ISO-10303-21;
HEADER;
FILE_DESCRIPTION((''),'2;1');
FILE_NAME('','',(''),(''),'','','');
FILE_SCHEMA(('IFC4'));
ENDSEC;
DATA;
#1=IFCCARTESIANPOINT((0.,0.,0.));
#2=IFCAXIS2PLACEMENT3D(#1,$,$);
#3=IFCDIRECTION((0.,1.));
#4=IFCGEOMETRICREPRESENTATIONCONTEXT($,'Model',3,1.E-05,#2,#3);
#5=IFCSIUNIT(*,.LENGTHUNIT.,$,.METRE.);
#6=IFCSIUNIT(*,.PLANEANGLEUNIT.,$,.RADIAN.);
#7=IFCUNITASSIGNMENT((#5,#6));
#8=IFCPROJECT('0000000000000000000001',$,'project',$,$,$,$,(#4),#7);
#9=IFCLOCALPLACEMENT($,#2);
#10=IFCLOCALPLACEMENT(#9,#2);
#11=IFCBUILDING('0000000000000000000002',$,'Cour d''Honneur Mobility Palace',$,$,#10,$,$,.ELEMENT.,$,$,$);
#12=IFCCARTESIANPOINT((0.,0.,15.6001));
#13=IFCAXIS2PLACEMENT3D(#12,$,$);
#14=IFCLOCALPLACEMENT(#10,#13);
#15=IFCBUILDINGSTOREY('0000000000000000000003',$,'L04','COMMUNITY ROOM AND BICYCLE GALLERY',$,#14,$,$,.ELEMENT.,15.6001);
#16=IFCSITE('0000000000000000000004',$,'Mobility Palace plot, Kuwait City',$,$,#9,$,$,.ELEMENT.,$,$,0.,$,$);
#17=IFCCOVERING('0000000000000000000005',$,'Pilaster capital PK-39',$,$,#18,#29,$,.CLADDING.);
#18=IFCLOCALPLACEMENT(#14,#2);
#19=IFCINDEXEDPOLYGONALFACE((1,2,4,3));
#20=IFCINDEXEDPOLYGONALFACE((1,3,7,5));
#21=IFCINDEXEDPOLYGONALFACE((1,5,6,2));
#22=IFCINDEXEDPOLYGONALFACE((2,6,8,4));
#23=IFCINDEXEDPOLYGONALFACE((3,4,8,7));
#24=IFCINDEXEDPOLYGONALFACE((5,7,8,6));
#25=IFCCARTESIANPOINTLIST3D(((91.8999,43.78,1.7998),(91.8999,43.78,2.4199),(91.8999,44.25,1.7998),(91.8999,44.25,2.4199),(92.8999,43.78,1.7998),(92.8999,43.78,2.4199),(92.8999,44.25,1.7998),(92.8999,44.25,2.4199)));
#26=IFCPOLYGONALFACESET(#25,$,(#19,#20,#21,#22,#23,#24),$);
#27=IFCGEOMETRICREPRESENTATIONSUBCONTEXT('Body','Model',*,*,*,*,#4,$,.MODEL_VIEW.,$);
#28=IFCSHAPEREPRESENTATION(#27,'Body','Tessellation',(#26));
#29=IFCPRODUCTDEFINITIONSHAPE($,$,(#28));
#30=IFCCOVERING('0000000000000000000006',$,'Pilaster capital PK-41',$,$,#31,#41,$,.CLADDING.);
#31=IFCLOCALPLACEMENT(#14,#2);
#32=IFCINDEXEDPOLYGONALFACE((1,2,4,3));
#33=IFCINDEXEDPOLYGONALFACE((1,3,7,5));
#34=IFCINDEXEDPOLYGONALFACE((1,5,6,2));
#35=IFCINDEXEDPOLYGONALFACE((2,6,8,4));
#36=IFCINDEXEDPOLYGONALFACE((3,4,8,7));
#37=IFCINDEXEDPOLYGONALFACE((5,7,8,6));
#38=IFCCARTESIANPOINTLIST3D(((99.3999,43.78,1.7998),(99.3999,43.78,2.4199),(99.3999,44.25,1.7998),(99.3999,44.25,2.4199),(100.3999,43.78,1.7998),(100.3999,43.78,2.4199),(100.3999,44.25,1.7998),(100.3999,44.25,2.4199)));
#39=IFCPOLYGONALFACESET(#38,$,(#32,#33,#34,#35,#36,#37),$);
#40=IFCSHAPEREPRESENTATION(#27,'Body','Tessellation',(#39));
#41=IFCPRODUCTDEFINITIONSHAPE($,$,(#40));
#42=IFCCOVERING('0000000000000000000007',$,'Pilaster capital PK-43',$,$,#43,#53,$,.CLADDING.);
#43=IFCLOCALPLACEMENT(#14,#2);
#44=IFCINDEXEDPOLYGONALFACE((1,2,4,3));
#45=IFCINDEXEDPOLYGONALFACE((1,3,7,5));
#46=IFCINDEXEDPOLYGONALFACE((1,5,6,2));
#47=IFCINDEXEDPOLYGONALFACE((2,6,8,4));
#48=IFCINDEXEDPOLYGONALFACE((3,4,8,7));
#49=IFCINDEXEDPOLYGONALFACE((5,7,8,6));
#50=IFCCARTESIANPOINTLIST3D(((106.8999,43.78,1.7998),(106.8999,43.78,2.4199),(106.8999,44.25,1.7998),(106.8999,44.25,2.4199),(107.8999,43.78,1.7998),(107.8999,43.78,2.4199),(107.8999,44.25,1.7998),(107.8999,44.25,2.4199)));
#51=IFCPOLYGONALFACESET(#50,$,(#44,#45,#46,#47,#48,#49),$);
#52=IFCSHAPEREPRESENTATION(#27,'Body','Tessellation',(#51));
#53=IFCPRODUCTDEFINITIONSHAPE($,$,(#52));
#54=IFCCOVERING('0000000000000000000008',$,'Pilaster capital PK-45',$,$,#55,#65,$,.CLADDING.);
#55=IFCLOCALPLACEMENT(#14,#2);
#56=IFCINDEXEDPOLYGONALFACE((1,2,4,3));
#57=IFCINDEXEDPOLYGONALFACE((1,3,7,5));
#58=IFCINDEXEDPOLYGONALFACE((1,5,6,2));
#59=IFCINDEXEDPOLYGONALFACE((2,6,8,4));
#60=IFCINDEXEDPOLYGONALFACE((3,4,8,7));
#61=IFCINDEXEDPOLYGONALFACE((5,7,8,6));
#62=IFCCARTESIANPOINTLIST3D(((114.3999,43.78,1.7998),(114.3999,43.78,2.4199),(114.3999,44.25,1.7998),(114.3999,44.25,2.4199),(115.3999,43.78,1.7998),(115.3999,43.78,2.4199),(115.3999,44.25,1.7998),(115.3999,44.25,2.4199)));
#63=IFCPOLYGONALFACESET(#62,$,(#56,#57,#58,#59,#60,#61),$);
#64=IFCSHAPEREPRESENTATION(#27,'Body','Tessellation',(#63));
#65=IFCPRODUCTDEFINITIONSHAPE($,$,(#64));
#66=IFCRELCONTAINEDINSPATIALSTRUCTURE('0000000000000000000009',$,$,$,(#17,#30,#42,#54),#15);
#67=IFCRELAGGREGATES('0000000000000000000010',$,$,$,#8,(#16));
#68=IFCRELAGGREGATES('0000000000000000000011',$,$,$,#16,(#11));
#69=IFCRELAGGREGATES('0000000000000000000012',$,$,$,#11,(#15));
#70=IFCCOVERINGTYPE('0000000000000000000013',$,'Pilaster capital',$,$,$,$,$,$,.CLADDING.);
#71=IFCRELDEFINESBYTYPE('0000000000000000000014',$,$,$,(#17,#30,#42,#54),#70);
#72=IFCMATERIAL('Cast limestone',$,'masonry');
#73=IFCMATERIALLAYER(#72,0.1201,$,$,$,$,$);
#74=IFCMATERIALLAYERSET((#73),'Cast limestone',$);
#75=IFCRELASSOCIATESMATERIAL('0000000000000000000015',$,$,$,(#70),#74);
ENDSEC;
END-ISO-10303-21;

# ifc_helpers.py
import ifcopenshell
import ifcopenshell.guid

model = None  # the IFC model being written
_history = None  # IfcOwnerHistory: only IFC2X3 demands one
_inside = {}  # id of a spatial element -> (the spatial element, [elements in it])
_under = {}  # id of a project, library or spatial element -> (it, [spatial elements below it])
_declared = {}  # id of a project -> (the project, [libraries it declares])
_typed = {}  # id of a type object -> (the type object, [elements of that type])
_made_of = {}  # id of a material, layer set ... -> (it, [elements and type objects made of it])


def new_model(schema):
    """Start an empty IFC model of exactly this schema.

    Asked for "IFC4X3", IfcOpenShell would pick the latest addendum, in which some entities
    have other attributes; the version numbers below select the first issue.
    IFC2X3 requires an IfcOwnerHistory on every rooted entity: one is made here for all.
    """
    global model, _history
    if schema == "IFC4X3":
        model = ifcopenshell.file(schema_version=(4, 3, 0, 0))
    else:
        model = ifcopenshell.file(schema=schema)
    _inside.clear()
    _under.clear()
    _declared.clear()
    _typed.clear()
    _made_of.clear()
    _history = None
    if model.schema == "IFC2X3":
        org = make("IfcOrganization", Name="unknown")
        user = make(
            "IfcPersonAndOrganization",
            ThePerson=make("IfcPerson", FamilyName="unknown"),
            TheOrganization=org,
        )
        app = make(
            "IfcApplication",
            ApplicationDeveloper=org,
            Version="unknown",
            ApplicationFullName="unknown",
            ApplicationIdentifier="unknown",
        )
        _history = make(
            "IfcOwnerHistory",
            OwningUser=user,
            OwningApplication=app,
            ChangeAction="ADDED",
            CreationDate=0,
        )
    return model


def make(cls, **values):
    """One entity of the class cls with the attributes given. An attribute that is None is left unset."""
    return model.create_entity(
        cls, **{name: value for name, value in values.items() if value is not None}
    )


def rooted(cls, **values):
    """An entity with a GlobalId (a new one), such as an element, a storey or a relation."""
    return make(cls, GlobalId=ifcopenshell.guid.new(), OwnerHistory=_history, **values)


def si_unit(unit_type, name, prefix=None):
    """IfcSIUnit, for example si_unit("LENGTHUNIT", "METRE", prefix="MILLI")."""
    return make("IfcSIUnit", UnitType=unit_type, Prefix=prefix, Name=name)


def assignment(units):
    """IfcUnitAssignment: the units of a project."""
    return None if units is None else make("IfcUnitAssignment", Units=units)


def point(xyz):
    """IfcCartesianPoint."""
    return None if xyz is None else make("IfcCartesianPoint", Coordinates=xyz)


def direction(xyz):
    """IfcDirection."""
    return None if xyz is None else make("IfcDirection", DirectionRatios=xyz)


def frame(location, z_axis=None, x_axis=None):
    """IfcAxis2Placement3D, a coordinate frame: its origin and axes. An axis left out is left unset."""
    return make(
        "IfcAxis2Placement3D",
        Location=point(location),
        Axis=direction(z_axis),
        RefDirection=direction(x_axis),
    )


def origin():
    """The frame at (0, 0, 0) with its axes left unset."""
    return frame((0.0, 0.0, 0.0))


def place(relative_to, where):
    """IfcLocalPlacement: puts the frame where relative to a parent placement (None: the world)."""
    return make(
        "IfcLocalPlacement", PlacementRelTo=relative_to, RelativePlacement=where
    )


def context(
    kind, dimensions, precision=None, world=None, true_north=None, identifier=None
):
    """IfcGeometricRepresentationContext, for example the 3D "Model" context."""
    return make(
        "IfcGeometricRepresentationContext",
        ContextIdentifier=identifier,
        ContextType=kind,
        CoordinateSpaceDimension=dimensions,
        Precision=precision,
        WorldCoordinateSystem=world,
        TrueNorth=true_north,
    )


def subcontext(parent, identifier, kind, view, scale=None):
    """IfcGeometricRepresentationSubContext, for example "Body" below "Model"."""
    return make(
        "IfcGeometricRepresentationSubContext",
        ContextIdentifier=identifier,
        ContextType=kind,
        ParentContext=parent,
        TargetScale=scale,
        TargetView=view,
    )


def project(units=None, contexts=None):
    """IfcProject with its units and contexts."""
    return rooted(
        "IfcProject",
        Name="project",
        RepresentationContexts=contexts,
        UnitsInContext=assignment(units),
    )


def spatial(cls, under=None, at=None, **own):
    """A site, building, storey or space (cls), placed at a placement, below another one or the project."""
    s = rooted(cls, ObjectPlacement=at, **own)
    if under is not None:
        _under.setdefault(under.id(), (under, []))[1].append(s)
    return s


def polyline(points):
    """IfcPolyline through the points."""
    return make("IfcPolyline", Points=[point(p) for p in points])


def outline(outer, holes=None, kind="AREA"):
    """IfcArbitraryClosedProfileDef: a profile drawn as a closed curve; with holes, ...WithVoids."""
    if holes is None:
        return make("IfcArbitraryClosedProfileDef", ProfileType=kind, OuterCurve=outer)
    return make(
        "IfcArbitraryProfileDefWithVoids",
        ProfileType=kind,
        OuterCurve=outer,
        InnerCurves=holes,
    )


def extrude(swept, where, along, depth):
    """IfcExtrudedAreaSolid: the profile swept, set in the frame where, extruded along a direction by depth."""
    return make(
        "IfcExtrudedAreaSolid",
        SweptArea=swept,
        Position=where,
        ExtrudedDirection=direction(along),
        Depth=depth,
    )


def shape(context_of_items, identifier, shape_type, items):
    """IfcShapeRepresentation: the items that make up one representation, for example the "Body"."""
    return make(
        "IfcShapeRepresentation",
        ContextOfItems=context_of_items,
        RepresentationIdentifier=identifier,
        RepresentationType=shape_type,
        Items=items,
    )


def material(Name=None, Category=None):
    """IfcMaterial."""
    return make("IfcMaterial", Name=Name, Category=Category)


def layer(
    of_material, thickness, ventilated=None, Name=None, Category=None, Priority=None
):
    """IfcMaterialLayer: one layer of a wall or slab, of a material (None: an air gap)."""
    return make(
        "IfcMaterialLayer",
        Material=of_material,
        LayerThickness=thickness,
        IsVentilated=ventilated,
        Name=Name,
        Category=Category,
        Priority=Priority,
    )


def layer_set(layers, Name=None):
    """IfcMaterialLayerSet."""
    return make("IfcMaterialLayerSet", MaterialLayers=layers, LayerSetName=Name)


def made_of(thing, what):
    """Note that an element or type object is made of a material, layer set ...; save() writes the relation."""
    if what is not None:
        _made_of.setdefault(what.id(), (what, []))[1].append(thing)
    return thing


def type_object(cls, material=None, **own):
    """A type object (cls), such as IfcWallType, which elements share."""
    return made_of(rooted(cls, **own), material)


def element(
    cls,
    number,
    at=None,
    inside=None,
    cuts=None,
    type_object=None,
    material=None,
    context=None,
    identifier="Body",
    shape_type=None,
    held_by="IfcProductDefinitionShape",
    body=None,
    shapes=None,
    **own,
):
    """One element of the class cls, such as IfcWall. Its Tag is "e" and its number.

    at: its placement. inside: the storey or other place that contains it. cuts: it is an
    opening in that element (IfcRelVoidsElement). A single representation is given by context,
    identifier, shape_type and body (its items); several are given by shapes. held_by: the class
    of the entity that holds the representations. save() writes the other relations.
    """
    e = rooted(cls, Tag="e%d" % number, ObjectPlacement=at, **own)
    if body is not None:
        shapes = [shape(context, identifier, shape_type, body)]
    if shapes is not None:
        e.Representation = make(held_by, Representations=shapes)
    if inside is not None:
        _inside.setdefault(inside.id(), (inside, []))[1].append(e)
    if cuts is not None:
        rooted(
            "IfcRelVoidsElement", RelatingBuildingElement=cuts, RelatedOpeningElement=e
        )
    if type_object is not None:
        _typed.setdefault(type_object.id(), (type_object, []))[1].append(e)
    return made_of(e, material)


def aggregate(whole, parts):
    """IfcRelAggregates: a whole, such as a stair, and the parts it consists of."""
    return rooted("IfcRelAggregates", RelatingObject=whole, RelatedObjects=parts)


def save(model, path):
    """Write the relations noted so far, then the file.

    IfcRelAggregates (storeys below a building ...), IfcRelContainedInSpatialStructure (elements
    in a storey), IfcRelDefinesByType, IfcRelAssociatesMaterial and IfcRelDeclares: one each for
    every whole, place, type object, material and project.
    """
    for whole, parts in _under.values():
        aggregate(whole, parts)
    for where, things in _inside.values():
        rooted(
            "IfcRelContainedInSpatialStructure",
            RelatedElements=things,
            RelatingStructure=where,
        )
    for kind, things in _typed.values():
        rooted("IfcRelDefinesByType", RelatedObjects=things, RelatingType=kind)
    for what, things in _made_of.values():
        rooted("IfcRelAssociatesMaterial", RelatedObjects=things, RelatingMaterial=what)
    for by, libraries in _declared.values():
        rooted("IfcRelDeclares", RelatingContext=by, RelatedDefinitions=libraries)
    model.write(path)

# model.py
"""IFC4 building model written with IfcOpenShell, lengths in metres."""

from ifc_helpers import new_model, si_unit, direction, frame, origin, place, context, subcontext, project, spatial, polyline, outline, extrude, material, layer, layer_set, type_object, element, save


model = new_model("IFC4")

# Units and contexts
model_context = context("Model", 3, precision=1e-05, world=origin(), true_north=direction((0.0, 1.0)))
body_context = subcontext(model_context, "Body", "Model", "MODEL_VIEW")
ifc_project = project(units=[si_unit("LENGTHUNIT", "METRE"), si_unit("PLANEANGLEUNIT", "RADIAN")], contexts=[model_context])

# Site, building, storey
site_placement = place(None, origin())
site = spatial("IfcSite", under=ifc_project, at=site_placement, Name="Mobility Palace plot, Kuwait City", CompositionType="ELEMENT", RefElevation=0.0)
building_placement = place(site_placement, origin())
building = spatial("IfcBuilding", under=site, at=building_placement, Name="Cour d'Honneur Mobility Palace", CompositionType="ELEMENT")
storey_placement = place(building_placement, frame((0.0, 0.0, 15.6001)))
storey = spatial("IfcBuildingStorey", under=building, at=storey_placement, Name="L04", Description="COMMUNITY ROOM AND BICYCLE GALLERY", CompositionType="ELEMENT", Elevation=15.6001)

# Coverings
ifc_material_1 = material(Name="Cast limestone", Category="masonry")
ifc_layer_1 = layer(ifc_material_1, 0.1201)
ifc_layer_set_1 = layer_set([ifc_layer_1], Name="Cast limestone")
covering_type = type_object("IfcCoveringType", Name="Pilaster capital", PredefinedType="CLADDING", material=ifc_layer_set_1)
covering_1_placement = place(storey_placement, frame((0.0, 0.0, 1.7998)))
element("IfcCovering", 1, at=covering_1_placement, inside=storey, type_object=covering_type, Name="Pilaster capital PK-39", PredefinedType="CLADDING", context=body_context, shape_type="SweptSolid", body=[
    extrude(outline(polyline([(91.8999, 44.25), (92.8999, 44.25), (92.8999, 43.78), (91.8999, 43.78), (91.8999, 44.25)])), origin(), (0.0, 0.0, 1.0), 0.6201),
])
covering_2_placement = place(storey_placement, frame((0.0, 0.0, 1.7998)))
element("IfcCovering", 2, at=covering_2_placement, inside=storey, type_object=covering_type, Name="Pilaster capital PK-41", PredefinedType="CLADDING", context=body_context, shape_type="SweptSolid", body=[
    extrude(outline(polyline([(99.3999, 44.25), (100.3999, 44.25), (100.3999, 43.78), (99.3999, 43.78), (99.3999, 44.25)])), origin(), (0.0, 0.0, 1.0), 0.6201),
])
covering_3_placement = place(storey_placement, frame((0.0, 0.0, 1.7998)))
element("IfcCovering", 3, at=covering_3_placement, inside=storey, type_object=covering_type, Name="Pilaster capital PK-43", PredefinedType="CLADDING", context=body_context, shape_type="SweptSolid", body=[
    extrude(outline(polyline([(106.8999, 44.25), (107.8999, 44.25), (107.8999, 43.78), (106.8999, 43.78), (106.8999, 44.25)])), origin(), (0.0, 0.0, 1.0), 0.6201),
])
covering_4_placement = place(storey_placement, frame((0.0, 0.0, 1.7998)))
element("IfcCovering", 4, at=covering_4_placement, inside=storey, type_object=covering_type, Name="Pilaster capital PK-45", PredefinedType="CLADDING", context=body_context, shape_type="SweptSolid", body=[
    extrude(outline(polyline([(114.3999, 44.25), (115.3999, 44.25), (115.3999, 43.78), (114.3999, 43.78), (114.3999, 44.25)])), origin(), (0.0, 0.0, 1.0), 0.6201),
])

save(model, "model.ifc")
